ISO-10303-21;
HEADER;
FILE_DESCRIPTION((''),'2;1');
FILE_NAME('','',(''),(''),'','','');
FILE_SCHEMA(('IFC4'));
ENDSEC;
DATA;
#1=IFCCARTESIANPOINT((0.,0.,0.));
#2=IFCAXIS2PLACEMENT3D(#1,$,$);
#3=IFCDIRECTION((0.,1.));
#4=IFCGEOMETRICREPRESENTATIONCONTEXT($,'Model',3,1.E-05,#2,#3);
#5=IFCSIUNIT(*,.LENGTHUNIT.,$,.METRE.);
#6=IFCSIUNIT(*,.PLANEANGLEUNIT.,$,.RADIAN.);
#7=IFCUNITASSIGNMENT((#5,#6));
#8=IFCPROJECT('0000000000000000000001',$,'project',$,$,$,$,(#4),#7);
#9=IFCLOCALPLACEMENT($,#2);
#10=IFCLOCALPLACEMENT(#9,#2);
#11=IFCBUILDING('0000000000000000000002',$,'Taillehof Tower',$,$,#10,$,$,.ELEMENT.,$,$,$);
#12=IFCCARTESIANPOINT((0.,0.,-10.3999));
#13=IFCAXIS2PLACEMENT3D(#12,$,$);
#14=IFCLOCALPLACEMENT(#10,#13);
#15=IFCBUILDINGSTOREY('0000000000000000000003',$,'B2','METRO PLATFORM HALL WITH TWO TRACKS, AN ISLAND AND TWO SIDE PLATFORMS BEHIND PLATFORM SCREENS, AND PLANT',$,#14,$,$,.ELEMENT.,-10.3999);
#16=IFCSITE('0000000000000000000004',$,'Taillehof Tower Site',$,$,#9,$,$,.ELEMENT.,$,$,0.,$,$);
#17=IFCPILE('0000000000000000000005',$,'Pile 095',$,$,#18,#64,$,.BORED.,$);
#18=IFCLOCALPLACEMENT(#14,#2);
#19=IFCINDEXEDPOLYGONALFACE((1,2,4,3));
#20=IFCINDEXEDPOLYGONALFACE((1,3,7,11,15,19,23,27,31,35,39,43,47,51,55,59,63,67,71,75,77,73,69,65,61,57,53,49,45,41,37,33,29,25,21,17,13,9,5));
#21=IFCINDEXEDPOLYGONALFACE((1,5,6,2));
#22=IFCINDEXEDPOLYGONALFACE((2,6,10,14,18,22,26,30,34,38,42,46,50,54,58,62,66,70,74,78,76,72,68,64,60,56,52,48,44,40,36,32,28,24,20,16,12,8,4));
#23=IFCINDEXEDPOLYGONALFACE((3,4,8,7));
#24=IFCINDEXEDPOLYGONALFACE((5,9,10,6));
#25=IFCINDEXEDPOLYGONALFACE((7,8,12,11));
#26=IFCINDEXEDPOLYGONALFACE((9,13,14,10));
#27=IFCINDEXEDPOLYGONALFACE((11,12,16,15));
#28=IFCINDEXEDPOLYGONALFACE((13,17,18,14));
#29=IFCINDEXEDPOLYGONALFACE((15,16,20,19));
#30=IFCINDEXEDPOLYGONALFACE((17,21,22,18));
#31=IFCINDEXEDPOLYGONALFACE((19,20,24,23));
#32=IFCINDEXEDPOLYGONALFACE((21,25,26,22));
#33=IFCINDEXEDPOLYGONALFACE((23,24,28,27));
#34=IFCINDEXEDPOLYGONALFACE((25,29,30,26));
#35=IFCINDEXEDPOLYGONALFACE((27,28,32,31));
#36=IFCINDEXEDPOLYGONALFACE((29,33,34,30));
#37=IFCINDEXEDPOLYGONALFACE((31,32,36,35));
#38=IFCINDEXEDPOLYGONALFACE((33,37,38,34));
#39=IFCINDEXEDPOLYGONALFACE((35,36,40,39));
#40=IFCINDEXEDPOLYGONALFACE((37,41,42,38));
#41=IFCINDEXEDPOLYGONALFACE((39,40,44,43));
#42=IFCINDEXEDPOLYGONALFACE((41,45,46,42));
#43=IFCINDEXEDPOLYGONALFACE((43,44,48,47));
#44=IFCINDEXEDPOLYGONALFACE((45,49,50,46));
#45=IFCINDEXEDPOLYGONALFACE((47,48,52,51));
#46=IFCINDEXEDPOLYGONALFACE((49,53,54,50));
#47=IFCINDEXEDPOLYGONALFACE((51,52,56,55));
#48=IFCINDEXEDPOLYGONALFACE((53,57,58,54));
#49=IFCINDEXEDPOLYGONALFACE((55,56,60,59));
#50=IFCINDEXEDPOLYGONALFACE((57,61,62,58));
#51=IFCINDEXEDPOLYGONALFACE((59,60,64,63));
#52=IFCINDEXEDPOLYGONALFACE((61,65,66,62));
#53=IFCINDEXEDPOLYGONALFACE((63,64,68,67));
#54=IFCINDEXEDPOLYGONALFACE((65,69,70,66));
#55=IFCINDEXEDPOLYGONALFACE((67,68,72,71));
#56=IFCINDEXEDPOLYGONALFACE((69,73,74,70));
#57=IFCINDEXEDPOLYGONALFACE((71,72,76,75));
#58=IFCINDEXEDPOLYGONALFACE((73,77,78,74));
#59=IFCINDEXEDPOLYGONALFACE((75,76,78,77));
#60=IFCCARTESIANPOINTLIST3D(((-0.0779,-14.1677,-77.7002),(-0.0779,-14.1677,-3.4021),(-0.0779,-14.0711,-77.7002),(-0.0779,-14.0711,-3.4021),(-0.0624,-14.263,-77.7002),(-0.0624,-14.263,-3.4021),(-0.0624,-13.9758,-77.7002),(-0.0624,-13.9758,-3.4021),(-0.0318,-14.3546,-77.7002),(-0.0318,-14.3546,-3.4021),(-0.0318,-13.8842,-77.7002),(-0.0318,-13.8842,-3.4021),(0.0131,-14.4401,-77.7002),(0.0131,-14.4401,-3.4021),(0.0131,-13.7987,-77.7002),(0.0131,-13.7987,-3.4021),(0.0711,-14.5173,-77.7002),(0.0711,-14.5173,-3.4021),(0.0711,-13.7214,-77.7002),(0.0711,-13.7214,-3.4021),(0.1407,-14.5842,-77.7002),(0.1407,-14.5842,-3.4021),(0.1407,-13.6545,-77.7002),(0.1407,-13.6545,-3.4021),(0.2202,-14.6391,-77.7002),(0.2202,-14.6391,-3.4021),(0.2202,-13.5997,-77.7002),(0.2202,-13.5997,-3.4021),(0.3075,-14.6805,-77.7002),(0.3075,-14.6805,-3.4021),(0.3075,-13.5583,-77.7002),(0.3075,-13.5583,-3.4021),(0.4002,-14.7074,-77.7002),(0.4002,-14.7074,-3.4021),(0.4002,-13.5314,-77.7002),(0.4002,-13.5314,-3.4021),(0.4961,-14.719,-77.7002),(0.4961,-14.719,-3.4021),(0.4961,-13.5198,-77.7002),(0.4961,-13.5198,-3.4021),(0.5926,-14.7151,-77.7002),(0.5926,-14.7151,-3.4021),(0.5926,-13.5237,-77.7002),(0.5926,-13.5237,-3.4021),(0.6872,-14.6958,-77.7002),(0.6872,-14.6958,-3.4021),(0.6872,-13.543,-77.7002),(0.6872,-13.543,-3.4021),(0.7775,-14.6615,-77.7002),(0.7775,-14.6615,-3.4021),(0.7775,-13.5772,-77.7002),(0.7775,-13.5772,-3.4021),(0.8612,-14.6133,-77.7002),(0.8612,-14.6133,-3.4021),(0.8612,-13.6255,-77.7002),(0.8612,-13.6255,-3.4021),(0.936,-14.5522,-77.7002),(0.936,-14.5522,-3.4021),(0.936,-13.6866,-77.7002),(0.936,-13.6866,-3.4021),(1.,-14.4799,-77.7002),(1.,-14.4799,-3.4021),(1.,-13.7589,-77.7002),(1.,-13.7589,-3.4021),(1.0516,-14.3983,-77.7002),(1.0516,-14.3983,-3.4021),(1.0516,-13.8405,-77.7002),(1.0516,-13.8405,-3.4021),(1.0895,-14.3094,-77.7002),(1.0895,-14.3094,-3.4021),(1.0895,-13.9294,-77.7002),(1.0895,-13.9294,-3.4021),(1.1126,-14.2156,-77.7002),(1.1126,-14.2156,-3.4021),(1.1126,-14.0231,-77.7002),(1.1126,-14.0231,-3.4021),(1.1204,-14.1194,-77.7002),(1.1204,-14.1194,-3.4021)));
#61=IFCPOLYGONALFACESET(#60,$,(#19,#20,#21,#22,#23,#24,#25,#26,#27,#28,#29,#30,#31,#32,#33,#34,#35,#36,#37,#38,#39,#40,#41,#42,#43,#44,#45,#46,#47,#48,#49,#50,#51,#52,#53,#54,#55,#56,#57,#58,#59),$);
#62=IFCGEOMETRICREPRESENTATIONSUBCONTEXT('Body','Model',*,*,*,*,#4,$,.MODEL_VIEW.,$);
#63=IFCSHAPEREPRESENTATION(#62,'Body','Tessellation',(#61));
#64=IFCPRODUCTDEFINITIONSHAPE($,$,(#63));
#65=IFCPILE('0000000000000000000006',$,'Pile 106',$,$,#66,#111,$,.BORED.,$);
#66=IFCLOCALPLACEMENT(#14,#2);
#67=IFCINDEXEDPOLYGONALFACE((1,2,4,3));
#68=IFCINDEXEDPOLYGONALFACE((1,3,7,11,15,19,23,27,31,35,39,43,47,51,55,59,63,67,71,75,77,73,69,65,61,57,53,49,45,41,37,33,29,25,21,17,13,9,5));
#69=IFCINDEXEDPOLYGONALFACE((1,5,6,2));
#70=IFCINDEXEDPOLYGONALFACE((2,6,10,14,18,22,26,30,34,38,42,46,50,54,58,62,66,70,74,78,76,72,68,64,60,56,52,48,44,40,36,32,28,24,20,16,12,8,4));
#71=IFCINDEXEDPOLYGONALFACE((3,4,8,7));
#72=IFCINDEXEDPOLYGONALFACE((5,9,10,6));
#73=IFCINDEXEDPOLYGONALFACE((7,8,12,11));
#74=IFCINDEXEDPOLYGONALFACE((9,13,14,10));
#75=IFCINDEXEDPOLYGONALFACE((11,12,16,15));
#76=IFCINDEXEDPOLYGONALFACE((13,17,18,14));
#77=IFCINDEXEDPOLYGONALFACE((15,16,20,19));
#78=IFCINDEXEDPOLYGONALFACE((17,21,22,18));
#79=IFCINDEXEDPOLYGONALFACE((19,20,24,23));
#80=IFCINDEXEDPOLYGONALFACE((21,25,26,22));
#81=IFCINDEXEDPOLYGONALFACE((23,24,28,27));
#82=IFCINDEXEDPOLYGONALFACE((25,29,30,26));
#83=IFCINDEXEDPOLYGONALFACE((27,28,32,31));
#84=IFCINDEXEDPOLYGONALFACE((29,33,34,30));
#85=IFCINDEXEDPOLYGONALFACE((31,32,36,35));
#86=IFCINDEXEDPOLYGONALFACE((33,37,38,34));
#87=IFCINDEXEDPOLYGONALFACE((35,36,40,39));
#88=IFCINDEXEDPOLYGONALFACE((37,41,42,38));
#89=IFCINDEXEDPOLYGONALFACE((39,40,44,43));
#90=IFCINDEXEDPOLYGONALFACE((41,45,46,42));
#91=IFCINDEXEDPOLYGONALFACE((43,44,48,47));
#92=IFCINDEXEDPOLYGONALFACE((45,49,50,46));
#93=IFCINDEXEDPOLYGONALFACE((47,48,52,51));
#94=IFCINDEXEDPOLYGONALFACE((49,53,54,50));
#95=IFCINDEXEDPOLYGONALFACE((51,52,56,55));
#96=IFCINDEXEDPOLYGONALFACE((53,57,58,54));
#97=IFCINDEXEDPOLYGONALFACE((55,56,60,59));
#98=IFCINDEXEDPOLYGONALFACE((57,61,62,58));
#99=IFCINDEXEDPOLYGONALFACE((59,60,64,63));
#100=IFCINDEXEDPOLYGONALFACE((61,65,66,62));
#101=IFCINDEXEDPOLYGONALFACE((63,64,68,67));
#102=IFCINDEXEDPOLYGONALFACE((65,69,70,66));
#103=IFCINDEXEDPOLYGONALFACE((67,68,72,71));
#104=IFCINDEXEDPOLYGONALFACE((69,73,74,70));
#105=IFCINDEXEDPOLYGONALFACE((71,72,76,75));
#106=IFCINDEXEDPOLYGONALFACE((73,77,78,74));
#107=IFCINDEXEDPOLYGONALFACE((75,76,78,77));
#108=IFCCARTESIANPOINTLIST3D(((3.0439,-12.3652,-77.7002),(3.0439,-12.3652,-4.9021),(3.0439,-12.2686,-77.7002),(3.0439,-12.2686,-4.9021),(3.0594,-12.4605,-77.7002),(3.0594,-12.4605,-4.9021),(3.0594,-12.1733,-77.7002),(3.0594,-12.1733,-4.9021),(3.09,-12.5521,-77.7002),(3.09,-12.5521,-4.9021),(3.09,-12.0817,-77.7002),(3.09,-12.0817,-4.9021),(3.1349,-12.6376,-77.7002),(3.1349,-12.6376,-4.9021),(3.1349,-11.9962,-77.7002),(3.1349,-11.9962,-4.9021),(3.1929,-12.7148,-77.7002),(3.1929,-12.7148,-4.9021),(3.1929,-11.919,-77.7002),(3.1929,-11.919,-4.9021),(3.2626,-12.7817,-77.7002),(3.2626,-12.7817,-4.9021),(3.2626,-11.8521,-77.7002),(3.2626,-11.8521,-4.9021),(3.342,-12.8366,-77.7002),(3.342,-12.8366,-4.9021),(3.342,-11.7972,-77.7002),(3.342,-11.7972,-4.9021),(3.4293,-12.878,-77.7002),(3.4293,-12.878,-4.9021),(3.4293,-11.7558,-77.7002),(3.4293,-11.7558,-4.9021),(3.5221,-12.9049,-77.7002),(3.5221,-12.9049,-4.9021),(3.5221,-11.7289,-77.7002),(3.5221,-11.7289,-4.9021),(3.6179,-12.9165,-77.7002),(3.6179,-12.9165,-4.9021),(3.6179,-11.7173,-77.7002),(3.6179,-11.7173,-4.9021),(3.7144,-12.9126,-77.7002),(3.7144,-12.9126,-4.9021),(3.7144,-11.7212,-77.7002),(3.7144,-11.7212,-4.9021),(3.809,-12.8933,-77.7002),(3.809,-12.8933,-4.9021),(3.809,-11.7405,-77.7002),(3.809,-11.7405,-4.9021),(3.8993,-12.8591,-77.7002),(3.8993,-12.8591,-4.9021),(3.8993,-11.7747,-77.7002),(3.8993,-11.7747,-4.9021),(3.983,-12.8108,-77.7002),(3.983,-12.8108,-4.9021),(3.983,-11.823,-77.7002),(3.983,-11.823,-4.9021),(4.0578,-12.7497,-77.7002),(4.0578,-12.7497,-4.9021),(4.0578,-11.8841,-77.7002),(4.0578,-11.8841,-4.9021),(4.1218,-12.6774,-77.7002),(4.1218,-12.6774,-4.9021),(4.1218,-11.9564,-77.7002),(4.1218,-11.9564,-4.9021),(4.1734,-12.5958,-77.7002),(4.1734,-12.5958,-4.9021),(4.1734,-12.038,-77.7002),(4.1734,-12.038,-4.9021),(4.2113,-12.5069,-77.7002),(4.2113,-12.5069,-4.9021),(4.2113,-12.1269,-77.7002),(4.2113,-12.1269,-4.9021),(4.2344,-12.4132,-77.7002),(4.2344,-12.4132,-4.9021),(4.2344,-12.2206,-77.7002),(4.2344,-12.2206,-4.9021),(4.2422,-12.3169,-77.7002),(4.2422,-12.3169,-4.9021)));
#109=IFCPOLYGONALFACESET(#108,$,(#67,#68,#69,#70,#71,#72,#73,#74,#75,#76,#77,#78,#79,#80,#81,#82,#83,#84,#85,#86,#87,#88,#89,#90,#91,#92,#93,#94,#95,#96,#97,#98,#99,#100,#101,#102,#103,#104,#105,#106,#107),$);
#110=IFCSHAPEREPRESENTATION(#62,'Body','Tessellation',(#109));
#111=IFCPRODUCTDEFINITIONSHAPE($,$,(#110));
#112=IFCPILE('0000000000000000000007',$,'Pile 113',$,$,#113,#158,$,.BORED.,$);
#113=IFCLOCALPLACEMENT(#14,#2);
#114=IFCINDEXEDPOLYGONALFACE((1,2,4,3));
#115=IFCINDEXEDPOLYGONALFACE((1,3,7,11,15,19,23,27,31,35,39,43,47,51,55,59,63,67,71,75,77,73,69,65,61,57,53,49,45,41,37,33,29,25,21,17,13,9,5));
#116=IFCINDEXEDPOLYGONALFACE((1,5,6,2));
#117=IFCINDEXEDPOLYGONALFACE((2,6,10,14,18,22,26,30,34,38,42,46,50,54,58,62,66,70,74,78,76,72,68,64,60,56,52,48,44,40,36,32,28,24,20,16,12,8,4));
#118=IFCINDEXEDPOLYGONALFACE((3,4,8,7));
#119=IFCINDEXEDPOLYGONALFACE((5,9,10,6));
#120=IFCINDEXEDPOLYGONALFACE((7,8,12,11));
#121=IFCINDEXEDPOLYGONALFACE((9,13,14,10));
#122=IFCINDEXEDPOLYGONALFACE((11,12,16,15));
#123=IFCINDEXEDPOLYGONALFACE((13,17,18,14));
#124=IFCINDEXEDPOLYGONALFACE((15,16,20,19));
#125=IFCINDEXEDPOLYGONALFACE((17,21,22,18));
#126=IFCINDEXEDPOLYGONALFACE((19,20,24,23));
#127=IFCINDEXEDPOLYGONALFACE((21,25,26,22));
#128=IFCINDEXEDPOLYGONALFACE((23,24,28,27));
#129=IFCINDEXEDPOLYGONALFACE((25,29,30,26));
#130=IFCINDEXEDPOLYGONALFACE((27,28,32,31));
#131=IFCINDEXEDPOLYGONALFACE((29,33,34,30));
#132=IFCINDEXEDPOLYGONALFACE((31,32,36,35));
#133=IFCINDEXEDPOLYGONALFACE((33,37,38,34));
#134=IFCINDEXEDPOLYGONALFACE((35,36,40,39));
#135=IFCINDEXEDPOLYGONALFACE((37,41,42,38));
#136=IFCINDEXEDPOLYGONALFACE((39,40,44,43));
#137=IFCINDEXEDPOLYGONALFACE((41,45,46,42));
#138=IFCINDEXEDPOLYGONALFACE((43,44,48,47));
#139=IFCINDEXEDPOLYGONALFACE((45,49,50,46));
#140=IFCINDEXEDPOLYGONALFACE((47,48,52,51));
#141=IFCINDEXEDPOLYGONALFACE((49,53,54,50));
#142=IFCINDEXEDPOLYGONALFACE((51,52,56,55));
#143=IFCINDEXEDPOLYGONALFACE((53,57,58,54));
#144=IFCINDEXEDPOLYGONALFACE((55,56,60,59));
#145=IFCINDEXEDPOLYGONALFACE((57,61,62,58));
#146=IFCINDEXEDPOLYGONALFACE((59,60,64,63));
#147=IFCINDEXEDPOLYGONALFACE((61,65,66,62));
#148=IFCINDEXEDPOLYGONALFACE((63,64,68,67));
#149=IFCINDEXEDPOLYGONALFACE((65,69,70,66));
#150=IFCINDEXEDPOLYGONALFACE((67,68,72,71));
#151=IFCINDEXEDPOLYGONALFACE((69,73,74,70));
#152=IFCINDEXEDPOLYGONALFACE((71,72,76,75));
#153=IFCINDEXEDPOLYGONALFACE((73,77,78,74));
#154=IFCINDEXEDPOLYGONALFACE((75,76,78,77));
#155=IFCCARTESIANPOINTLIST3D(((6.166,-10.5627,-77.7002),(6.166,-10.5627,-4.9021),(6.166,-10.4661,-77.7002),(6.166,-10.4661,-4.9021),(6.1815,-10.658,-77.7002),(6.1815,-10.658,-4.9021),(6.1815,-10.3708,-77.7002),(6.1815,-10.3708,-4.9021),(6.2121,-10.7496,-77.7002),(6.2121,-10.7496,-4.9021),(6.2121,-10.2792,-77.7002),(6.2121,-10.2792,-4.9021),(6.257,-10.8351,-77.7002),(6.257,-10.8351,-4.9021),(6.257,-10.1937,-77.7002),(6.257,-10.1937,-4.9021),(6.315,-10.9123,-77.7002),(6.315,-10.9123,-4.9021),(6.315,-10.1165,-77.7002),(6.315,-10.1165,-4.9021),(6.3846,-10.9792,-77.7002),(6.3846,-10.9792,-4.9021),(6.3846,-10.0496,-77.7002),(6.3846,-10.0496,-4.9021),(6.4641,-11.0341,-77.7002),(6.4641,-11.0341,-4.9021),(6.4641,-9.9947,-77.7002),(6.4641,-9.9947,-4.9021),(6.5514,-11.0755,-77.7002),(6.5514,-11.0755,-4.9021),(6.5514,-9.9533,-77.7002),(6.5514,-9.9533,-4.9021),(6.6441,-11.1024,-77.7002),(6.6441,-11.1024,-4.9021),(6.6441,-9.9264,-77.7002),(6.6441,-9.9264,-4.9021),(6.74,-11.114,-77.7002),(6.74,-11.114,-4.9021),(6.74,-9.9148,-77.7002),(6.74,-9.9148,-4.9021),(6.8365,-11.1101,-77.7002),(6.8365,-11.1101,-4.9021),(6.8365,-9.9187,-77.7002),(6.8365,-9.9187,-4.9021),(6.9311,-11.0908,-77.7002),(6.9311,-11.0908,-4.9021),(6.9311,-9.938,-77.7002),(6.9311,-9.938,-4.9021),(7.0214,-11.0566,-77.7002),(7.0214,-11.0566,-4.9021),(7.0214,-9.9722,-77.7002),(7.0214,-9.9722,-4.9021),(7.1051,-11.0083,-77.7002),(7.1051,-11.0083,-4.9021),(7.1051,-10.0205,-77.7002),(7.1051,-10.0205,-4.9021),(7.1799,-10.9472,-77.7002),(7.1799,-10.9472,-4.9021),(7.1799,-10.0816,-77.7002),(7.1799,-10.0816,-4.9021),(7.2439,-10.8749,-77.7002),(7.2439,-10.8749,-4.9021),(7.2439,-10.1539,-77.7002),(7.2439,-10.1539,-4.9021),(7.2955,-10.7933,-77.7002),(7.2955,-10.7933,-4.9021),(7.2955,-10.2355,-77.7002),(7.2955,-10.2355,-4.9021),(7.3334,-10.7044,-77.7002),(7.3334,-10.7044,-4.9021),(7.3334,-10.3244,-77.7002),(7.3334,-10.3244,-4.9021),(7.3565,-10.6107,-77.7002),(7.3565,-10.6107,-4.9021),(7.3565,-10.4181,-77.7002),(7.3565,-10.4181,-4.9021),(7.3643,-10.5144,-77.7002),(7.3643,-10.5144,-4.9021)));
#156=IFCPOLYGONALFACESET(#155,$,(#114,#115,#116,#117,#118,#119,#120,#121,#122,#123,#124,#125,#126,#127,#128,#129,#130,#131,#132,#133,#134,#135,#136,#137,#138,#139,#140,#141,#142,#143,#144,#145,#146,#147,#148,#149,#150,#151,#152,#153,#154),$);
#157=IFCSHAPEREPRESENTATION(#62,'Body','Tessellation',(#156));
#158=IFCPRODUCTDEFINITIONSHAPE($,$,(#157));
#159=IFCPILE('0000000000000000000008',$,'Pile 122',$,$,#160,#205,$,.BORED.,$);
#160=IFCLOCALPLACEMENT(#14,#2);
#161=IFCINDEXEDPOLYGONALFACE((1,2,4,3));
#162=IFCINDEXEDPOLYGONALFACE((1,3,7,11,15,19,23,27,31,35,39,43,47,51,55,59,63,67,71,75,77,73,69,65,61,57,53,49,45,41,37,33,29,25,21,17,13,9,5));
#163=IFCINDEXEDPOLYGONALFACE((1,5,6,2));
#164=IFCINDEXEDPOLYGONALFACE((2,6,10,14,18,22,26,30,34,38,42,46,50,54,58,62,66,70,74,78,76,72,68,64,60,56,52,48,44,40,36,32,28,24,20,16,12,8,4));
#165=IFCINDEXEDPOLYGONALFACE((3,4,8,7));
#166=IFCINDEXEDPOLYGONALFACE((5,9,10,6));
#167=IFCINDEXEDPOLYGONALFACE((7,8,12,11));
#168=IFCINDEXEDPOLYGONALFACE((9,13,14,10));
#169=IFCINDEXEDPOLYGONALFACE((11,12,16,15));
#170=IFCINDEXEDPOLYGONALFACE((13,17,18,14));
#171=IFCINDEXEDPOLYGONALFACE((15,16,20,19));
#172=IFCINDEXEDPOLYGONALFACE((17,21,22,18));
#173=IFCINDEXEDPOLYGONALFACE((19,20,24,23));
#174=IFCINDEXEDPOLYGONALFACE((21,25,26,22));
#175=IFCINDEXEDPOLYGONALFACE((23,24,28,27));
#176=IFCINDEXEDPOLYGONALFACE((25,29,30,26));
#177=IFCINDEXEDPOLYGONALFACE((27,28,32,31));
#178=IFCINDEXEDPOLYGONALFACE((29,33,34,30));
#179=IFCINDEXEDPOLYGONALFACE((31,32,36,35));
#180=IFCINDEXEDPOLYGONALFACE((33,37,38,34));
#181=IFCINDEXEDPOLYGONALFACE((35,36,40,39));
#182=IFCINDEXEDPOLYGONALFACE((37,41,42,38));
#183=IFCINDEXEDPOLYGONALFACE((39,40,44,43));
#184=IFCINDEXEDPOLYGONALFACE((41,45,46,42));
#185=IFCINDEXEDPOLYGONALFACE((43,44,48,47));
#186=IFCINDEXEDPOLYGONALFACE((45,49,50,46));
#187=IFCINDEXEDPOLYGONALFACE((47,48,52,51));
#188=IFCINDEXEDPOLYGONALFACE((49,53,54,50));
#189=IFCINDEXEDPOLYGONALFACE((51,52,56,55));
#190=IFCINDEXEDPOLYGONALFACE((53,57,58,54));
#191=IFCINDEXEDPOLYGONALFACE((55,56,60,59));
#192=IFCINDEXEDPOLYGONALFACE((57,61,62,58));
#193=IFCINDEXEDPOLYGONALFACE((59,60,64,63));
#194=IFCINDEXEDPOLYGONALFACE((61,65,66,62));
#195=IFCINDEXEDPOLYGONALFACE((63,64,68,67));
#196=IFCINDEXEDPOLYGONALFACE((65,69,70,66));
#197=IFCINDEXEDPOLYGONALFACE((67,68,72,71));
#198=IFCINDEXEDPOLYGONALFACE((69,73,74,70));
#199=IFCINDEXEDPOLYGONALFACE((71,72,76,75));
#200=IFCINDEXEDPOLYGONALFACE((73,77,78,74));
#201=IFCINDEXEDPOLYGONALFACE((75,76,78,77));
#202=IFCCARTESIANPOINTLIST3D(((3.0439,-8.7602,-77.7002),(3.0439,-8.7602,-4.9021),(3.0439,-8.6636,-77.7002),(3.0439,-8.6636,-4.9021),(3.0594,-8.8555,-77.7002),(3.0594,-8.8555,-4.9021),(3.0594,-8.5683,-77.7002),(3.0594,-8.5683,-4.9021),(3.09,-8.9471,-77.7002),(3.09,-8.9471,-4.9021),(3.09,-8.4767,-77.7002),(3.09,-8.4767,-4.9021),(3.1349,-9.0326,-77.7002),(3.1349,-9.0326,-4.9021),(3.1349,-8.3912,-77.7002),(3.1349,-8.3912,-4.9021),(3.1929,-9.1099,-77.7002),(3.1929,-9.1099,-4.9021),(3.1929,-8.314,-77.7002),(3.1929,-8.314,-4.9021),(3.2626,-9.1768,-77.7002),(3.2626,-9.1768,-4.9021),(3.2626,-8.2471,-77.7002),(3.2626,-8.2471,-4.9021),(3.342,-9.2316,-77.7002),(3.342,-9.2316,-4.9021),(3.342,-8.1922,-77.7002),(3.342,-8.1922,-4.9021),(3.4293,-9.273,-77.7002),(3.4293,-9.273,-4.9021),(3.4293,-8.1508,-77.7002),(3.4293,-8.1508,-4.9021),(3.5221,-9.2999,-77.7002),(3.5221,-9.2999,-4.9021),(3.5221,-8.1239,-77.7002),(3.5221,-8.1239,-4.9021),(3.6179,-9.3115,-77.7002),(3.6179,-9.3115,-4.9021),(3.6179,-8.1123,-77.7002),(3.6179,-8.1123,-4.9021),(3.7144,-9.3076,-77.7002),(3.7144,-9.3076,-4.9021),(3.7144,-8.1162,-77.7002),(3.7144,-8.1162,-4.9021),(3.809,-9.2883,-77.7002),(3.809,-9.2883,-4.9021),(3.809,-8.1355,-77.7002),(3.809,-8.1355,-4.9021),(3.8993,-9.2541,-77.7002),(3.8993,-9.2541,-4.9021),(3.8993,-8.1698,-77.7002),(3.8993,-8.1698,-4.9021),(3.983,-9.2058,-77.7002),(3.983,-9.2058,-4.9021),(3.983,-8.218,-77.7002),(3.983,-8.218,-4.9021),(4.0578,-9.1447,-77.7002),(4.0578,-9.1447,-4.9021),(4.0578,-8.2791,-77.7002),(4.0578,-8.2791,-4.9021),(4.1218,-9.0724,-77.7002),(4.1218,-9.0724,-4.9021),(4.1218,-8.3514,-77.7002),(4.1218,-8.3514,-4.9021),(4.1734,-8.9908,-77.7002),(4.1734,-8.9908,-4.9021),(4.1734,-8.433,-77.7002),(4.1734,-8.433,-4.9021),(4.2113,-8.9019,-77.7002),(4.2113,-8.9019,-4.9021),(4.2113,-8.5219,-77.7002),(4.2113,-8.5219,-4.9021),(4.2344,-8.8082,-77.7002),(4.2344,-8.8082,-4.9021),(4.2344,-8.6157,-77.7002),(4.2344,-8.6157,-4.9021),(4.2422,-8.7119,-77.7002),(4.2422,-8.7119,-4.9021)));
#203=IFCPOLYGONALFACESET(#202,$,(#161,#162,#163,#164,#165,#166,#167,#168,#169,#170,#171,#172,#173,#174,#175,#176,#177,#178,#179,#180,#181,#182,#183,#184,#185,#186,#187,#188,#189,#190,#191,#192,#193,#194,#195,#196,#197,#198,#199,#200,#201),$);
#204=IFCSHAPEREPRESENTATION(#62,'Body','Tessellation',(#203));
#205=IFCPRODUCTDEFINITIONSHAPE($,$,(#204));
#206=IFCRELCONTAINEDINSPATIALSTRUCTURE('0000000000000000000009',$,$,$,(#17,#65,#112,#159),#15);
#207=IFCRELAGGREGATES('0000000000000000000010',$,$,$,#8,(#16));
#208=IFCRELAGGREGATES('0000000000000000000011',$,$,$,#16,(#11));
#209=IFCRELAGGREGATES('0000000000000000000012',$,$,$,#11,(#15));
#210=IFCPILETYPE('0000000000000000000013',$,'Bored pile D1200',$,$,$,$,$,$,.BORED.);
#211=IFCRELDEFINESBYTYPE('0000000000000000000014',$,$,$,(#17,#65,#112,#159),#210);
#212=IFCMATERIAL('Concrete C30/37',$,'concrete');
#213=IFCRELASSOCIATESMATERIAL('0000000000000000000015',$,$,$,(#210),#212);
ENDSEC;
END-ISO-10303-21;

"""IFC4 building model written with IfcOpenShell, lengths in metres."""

from ifc_helpers import new_model, si_unit, direction, frame, origin, origin_2d, place, context, subcontext, project, spatial, circle, extrude, material, material_profile, profile_set, type_object, element, save


model = new_model("IFC4")

# Units and contexts
model_context = context("Model", 3, precision=1e-05, world=origin(), true_north=direction((0.0, 1.0)))
body_context = subcontext(model_context, "Body", "Model", "MODEL_VIEW")
ifc_project = project(units=[si_unit("LENGTHUNIT", "METRE"), si_unit("PLANEANGLEUNIT", "RADIAN")], contexts=[model_context])

# Site, building, storey
site_placement = place(None, origin())
site = spatial("IfcSite", under=ifc_project, at=site_placement, Name="Taillehof Tower Site", CompositionType="ELEMENT", RefElevation=0.0)
building_placement = place(site_placement, origin())
building = spatial("IfcBuilding", under=site, at=building_placement, Name="Taillehof Tower", CompositionType="ELEMENT")
storey_placement = place(building_placement, frame((0.0, 0.0, -10.3999)))
storey = spatial("IfcBuildingStorey", under=building, at=storey_placement, Name="B2", Description="METRO PLATFORM HALL WITH TWO TRACKS, AN ISLAND AND TWO SIDE PLATFORMS BEHIND PLATFORM SCREENS, AND PLANT", CompositionType="ELEMENT", Elevation=-10.3999)

# Piles
ifc_material_1 = material(Name="Concrete C30/37", Category="concrete")
ifc_material_profile_1 = material_profile(ifc_material_1, circle(Radius=0.6001, at=origin_2d()), Name="BP D1200")
ifc_profile_set_1 = profile_set([ifc_material_profile_1], Name="Concrete C30/37")
pile_type = type_object("IfcPileType", Name="Bored pile D1200", PredefinedType="BORED", material=ifc_profile_set_1)
pile_placement = place(storey_placement, frame((0.5203, -14.1194, -3.4021), z_axis=(0.0, 0.0, -1.0), x_axis=(1.0, 0.0, 0.0)))
element("IfcPile", 1, at=pile_placement, inside=storey, type_object=pile_type, Name="Pile 095", PredefinedType="BORED", context=body_context, shape_type="SweptSolid", body=[
    extrude(circle(Radius=0.6001, at=origin_2d()), origin(), (0.0, 0.0, 1.0), 74.2981),
])
for number, where, z_axis, x_axis, name in (
    (2, (3.6421, -12.3169, -4.9021), (0.0, 0.0, -1.0), (1.0, 0.0, 0.0), "Pile 106"),
    (3, (6.7642, -10.5144, -4.9021), (0.0, 0.0, -1.0), (1.0, 0.0, 0.0), "Pile 113"),
    (4, (3.6421, -8.7119, -4.9021), (0.0, 0.0, -1.0), (1.0, 0.0, 0.0), "Pile 122"),
):
    element("IfcPile", number, at=place(storey_placement, frame(where, z_axis=z_axis, x_axis=x_axis)), inside=storey, type_object=pile_type, Name=name, PredefinedType="BORED", context=body_context, shape_type="SweptSolid", body=[
        extrude(circle(Radius=0.6001, at=origin_2d()), origin(), (0.0, 0.0, 1.0), 72.7981),
    ])

save(model, "model.ifc")
